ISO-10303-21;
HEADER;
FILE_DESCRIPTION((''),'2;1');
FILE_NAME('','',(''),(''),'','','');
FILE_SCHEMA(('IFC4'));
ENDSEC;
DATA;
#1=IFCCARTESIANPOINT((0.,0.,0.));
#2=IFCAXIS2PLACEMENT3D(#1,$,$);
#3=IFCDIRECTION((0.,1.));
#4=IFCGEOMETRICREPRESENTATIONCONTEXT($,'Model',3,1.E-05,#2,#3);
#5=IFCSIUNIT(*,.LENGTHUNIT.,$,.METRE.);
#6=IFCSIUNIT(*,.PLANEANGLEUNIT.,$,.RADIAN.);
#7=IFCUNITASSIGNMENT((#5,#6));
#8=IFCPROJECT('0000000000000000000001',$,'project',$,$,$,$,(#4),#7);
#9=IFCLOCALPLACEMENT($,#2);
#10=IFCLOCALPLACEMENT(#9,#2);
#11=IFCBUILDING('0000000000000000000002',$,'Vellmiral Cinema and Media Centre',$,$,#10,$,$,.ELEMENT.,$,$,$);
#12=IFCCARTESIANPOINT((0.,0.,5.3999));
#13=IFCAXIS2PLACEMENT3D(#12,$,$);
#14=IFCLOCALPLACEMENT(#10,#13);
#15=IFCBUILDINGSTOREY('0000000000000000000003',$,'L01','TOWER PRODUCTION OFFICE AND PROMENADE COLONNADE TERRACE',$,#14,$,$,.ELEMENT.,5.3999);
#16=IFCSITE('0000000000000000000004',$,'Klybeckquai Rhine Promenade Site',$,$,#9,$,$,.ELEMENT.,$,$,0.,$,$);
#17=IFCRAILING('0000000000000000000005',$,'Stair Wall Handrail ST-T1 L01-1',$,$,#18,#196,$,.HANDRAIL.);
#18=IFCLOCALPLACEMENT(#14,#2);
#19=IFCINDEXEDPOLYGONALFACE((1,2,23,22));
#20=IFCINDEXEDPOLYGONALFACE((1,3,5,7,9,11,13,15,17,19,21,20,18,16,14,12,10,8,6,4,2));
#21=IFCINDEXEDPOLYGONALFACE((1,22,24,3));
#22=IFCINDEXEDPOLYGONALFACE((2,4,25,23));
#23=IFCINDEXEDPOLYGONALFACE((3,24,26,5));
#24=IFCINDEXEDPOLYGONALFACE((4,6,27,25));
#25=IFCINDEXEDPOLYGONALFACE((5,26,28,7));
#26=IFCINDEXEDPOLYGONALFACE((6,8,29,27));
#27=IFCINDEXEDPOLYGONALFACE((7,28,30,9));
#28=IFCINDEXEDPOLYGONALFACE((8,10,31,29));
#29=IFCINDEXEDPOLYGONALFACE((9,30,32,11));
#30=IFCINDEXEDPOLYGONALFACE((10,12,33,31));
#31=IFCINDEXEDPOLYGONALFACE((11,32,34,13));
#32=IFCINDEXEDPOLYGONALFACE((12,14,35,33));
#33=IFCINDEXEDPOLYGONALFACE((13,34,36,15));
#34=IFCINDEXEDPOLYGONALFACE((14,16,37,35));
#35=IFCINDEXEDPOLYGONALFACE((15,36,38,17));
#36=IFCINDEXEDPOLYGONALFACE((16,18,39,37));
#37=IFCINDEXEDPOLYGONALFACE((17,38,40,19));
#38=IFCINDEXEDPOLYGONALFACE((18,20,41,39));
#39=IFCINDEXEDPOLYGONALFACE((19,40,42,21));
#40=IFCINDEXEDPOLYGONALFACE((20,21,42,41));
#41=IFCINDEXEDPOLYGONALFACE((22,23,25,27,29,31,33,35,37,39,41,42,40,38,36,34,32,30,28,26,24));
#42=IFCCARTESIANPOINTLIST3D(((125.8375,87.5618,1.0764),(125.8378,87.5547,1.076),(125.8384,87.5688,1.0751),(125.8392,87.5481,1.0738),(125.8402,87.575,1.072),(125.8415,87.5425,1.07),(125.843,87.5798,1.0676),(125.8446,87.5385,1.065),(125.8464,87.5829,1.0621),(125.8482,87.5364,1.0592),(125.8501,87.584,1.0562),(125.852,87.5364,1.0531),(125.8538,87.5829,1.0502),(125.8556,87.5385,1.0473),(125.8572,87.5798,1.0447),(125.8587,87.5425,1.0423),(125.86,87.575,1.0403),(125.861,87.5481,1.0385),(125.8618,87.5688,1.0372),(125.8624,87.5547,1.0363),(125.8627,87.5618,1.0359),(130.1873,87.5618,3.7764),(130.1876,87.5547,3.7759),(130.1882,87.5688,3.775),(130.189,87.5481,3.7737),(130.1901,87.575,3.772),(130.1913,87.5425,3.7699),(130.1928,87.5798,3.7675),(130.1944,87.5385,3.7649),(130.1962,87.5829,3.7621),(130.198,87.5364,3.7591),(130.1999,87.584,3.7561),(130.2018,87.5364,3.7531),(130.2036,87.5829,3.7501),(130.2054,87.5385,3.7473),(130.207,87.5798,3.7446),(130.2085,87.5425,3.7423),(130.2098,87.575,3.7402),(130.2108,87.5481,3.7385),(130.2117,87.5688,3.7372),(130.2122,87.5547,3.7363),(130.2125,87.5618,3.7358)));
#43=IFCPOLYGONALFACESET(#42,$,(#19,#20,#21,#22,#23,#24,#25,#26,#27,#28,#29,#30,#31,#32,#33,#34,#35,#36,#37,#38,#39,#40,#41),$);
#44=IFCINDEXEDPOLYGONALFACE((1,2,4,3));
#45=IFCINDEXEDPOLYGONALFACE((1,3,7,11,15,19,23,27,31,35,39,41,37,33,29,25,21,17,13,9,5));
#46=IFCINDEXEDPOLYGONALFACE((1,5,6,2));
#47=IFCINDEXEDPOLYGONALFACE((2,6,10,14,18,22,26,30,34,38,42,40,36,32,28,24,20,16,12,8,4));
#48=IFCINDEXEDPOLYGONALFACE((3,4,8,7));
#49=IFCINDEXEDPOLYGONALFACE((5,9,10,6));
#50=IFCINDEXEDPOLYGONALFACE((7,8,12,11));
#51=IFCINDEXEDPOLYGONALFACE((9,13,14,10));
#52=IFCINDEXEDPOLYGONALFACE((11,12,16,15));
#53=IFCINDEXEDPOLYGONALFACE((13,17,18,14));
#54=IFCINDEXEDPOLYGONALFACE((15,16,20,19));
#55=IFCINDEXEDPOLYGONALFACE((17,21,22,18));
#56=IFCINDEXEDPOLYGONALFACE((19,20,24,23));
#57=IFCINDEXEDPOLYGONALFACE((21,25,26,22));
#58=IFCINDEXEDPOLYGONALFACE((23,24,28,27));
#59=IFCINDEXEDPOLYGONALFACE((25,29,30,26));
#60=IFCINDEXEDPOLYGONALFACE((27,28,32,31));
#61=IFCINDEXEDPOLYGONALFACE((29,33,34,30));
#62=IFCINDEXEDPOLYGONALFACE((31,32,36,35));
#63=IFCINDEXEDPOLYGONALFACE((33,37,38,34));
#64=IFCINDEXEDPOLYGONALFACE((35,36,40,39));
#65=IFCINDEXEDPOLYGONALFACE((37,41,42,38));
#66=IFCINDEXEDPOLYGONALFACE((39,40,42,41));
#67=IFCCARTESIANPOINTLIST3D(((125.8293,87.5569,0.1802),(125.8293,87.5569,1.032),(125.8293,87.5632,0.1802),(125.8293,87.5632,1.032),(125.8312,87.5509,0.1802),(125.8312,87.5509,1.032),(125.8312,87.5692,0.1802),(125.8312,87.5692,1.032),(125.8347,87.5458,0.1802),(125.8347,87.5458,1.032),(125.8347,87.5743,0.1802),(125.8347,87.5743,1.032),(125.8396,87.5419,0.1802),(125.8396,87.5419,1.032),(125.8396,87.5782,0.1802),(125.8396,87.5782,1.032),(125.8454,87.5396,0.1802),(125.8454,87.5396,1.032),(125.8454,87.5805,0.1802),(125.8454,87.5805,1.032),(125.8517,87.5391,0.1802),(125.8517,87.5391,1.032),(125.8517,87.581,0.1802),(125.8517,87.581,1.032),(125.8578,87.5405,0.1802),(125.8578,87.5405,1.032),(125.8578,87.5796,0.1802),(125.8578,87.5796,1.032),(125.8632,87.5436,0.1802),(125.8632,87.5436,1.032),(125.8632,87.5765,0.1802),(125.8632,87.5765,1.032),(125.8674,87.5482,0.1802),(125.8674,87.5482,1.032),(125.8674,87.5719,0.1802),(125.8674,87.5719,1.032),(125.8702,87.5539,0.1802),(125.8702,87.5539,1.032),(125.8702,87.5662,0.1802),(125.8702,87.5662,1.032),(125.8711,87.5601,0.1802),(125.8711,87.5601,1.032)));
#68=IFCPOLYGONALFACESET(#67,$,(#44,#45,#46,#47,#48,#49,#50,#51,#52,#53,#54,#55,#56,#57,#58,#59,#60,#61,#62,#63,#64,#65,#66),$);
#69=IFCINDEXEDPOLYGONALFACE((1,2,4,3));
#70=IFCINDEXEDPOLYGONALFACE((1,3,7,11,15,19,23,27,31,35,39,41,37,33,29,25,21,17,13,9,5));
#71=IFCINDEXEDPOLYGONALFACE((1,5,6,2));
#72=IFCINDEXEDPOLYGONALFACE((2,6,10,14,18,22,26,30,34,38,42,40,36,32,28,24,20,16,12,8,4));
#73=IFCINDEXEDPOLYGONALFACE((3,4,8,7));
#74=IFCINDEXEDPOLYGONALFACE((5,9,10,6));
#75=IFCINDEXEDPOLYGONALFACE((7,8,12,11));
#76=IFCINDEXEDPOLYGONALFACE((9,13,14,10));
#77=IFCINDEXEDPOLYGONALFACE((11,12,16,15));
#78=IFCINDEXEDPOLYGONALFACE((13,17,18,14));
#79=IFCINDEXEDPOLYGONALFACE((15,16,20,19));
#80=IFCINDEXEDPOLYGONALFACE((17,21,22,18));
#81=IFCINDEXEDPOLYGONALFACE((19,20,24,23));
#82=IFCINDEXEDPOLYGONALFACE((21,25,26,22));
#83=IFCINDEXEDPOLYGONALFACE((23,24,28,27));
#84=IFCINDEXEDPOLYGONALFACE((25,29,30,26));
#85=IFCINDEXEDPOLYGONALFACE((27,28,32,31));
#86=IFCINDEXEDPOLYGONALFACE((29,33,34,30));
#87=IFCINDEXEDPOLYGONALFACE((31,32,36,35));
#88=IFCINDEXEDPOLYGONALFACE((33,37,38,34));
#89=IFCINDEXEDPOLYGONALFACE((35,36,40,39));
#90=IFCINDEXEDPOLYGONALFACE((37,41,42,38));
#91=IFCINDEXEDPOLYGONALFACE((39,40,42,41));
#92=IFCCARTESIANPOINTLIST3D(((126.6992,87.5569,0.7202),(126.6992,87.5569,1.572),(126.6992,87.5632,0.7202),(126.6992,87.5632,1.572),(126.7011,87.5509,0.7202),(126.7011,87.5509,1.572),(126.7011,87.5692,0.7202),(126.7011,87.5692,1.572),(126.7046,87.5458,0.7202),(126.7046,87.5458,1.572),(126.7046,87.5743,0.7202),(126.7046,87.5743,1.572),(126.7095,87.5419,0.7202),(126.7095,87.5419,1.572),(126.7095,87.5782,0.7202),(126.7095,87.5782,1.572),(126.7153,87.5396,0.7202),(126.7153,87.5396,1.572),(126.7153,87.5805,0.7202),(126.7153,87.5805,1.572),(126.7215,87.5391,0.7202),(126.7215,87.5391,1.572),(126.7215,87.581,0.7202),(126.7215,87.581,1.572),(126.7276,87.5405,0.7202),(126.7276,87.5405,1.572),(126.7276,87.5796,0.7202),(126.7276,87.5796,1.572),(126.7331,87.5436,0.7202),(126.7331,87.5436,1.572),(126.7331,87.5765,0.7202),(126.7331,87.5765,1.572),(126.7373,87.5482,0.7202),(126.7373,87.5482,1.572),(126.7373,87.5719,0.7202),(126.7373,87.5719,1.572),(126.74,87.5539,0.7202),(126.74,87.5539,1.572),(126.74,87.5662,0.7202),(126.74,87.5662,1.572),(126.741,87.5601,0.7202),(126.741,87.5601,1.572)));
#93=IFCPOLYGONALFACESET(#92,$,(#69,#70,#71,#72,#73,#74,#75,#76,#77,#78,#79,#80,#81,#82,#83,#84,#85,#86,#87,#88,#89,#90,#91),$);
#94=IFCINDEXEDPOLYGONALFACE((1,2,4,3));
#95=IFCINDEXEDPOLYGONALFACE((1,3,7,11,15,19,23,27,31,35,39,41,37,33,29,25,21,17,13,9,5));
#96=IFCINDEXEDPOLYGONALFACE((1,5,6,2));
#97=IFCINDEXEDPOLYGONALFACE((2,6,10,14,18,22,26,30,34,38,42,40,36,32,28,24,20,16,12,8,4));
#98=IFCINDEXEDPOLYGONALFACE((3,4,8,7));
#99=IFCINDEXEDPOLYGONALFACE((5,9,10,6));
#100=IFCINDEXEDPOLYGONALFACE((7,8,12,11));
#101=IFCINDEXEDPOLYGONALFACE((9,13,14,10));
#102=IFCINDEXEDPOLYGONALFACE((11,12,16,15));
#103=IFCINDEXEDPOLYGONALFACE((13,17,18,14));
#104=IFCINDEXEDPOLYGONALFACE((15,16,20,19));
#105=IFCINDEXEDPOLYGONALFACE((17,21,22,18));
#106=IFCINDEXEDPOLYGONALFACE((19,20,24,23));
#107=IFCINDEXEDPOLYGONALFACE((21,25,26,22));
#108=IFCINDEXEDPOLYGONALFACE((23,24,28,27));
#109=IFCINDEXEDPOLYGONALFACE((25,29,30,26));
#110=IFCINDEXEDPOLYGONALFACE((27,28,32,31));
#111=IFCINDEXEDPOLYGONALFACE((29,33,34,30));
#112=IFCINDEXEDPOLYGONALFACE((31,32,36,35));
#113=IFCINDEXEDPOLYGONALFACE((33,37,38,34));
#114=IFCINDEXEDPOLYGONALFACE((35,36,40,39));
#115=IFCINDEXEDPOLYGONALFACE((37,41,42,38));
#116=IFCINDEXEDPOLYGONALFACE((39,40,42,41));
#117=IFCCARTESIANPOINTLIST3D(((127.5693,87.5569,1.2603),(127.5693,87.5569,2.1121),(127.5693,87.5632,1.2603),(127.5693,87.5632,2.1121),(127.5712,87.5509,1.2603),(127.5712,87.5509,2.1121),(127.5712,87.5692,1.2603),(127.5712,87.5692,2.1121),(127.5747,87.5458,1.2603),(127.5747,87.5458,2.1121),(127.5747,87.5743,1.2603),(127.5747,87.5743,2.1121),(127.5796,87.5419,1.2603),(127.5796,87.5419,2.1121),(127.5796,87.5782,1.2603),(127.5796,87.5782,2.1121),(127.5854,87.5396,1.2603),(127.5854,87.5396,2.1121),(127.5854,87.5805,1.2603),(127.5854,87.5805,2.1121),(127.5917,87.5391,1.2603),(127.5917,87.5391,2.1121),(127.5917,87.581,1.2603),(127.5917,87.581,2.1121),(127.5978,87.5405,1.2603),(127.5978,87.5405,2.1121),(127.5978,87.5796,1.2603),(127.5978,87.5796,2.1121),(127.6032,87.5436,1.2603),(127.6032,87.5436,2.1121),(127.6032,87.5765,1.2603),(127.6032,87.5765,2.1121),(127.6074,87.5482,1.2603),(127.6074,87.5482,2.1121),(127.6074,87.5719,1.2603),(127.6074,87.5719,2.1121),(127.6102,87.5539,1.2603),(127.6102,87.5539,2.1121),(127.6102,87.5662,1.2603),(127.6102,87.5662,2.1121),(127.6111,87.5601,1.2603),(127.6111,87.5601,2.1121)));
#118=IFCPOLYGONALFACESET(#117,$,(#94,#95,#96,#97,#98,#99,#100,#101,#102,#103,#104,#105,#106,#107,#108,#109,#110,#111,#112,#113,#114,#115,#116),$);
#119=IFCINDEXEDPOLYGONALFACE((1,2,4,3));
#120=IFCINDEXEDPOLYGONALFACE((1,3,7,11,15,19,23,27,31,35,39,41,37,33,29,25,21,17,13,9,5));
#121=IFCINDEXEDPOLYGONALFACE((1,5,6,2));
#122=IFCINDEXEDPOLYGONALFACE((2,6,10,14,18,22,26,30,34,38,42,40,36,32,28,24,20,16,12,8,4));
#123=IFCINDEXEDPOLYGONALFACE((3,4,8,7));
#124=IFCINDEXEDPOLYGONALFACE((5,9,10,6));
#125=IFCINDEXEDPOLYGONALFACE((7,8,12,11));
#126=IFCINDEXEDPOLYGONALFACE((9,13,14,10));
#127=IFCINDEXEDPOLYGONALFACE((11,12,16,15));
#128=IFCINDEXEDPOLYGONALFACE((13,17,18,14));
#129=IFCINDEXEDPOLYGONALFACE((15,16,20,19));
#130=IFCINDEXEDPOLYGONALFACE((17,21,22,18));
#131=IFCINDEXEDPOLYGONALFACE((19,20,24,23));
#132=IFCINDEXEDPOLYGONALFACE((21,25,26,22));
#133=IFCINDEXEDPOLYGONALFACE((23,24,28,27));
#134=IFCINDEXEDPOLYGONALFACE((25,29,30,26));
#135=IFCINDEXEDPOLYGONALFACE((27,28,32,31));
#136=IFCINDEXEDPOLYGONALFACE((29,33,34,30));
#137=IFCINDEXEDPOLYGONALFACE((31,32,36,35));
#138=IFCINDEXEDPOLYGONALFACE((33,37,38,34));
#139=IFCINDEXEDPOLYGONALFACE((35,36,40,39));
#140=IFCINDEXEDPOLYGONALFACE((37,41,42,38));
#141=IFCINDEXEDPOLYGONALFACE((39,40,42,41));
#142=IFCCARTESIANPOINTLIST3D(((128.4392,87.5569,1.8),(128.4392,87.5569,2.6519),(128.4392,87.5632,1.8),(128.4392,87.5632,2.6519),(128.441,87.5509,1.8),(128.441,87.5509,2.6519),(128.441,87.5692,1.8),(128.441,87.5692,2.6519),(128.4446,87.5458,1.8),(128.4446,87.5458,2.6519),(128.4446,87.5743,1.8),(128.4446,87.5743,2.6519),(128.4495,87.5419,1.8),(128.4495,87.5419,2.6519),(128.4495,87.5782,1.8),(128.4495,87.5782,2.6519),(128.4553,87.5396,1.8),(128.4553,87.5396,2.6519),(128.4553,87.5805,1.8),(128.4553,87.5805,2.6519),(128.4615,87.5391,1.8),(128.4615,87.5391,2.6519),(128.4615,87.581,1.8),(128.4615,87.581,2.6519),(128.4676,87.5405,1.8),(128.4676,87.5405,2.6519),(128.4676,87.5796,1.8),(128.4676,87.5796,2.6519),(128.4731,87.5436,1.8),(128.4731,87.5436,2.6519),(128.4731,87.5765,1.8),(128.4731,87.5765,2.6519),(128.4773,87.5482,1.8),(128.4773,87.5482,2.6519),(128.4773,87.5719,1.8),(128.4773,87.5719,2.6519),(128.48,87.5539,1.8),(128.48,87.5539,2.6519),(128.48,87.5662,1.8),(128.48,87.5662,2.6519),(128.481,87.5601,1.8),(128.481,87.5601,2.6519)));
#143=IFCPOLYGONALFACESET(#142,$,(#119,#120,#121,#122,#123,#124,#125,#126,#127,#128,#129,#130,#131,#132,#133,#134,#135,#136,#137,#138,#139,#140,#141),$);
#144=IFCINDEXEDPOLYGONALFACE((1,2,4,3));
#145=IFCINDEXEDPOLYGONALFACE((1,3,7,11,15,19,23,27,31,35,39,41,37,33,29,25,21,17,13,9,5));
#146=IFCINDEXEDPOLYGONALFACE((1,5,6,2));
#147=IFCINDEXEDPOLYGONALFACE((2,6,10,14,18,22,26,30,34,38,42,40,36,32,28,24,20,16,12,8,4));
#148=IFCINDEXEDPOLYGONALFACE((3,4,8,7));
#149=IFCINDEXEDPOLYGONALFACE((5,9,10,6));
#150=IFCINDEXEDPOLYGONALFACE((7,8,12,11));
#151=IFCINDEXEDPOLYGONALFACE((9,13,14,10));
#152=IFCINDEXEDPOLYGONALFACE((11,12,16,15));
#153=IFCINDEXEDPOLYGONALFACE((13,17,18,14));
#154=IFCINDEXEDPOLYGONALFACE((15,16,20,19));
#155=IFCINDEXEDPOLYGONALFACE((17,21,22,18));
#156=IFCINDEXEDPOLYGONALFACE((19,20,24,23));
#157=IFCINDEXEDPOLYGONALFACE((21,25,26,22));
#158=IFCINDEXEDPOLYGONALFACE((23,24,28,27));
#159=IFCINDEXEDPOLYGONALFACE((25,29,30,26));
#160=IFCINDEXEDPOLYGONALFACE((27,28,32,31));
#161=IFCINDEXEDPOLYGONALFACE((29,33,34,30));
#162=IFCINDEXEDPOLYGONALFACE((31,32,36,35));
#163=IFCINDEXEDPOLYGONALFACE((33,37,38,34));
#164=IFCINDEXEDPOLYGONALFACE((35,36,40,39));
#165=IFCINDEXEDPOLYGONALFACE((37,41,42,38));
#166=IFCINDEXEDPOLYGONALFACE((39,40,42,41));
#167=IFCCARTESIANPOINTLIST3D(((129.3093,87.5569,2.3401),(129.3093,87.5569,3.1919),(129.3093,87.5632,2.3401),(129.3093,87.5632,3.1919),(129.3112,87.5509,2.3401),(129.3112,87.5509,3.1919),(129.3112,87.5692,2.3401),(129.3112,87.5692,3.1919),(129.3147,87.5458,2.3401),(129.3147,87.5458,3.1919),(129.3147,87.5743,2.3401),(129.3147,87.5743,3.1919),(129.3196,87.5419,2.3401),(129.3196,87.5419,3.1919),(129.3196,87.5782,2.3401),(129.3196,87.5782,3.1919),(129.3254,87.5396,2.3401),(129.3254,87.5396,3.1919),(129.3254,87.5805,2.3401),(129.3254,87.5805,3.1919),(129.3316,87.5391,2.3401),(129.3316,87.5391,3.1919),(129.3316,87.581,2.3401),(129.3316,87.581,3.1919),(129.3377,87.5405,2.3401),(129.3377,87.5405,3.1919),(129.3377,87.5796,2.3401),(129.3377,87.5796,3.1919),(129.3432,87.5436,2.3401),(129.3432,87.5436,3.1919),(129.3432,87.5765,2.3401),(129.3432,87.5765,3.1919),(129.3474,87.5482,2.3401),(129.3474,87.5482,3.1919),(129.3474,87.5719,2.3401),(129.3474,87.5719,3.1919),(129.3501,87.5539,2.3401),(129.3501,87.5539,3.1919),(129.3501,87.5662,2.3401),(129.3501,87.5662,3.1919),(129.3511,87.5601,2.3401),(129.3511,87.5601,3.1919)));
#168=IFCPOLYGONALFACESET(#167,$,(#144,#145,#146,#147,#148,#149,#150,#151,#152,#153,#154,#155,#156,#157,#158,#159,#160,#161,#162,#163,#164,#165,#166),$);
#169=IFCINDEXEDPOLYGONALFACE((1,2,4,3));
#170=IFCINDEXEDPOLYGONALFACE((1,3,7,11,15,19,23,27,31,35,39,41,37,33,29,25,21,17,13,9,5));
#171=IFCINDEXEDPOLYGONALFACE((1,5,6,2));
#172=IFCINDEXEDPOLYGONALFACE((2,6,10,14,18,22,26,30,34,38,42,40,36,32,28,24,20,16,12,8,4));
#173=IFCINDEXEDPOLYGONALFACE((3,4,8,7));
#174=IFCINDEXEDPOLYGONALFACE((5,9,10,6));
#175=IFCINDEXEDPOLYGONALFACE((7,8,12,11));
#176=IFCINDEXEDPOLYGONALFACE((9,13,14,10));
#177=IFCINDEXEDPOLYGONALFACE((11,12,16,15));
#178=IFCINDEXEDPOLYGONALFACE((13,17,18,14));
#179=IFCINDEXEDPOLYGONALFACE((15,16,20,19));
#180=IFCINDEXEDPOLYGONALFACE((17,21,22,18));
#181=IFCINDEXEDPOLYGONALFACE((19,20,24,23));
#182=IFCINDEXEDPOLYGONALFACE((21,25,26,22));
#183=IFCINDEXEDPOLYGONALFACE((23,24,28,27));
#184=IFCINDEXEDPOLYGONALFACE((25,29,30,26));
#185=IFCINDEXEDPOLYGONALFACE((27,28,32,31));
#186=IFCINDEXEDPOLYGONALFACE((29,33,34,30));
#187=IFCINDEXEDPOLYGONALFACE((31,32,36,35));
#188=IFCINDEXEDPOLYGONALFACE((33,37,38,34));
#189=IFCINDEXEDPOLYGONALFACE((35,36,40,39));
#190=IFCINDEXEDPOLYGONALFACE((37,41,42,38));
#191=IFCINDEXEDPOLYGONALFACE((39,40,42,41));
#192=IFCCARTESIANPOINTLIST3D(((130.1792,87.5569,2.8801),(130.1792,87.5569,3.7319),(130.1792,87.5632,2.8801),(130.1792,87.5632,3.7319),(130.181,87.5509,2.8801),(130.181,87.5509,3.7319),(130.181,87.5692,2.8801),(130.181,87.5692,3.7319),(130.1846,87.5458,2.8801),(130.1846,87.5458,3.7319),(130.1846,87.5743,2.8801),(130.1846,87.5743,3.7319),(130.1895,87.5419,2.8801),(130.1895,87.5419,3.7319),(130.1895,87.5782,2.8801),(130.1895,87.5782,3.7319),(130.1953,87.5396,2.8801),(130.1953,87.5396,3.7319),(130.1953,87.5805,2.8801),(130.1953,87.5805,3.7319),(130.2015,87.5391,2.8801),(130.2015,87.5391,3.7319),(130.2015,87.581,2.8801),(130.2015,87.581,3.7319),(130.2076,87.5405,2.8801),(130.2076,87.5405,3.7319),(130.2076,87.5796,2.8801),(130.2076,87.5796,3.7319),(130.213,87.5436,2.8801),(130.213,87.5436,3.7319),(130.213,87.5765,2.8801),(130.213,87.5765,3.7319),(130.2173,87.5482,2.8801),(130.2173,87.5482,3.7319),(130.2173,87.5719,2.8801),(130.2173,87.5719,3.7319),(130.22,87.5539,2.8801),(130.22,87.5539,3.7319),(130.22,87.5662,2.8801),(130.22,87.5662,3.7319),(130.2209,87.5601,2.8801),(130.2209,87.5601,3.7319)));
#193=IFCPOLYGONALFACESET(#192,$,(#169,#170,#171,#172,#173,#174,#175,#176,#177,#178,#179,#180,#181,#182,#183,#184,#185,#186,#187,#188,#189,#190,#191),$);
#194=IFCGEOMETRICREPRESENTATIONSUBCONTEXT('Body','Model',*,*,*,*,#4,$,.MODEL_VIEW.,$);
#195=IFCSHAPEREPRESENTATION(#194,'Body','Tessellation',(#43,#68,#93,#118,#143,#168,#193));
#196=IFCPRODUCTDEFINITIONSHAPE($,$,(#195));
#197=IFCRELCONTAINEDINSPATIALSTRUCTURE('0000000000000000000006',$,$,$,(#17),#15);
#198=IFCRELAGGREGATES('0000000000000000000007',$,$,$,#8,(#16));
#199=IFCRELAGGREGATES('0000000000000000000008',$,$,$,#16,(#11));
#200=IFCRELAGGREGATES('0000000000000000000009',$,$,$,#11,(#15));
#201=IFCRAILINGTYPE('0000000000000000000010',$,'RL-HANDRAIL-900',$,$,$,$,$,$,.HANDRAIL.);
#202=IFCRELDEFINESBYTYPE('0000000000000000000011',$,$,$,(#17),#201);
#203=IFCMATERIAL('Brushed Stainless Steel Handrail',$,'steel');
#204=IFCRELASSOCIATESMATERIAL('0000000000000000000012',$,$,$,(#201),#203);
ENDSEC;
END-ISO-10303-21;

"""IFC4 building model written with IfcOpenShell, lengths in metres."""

from ifc_helpers import new_model, si_unit, direction, frame, origin, origin_2d, place, context, subcontext, project, spatial, circle, extrude, material, type_object, element, save


model = new_model("IFC4")

# Units and contexts
model_context = context("Model", 3, precision=1e-05, world=origin(), true_north=direction((0.0, 1.0)))
body_context = subcontext(model_context, "Body", "Model", "MODEL_VIEW")
ifc_project = project(units=[si_unit("LENGTHUNIT", "METRE"), si_unit("PLANEANGLEUNIT", "RADIAN")], contexts=[model_context])

# Site, building, storey
site_placement = place(None, origin())
site = spatial("IfcSite", under=ifc_project, at=site_placement, Name="Klybeckquai Rhine Promenade Site", CompositionType="ELEMENT", RefElevation=0.0)
building_placement = place(site_placement, origin())
building = spatial("IfcBuilding", under=site, at=building_placement, Name="Vellmiral Cinema and Media Centre", CompositionType="ELEMENT")
storey_placement = place(building_placement, frame((0.0, 0.0, 5.3999)))
storey = spatial("IfcBuildingStorey", under=building, at=storey_placement, Name="L01", Description="TOWER PRODUCTION OFFICE AND PROMENADE COLONNADE TERRACE", CompositionType="ELEMENT", Elevation=5.3999)

# Railing
ifc_material_1 = material(Name="Brushed Stainless Steel Handrail", Category="steel")
railing_type_1 = type_object("IfcRailingType", Name="RL-HANDRAIL-900", PredefinedType="HANDRAIL", material=ifc_material_1)
railing_1_placement = place(storey_placement, frame((125.8501, 87.5601, 0.1802)))
element("IfcRailing", 1, at=railing_1_placement, inside=storey, type_object=railing_type_1, Name="Stair Wall Handrail ST-T1 L01-1", PredefinedType="HANDRAIL", context=body_context, shape_type="SweptSolid", body=[
    extrude(circle(Radius=0.0239, at=origin_2d()), frame((0.0, 0.0, 0.876), z_axis=(0.849636, 0.0, 0.527369), x_axis=(0.0, 1.0, 0.0)), (0.0, 0.0, 1.0), 5.1196),
    extrude(circle(Radius=0.021, at=origin_2d()), origin(), (0.0, 0.0, 1.0), 0.8518),
    extrude(circle(Radius=0.021, at=origin_2d()), frame((0.8699, 0.0, 0.54)), (0.0, 0.0, 1.0), 0.8518),
    extrude(circle(Radius=0.021, at=origin_2d()), frame((1.74, 0.0, 1.0801)), (0.0, 0.0, 1.0), 0.8518),
    extrude(circle(Radius=0.021, at=origin_2d()), frame((2.6099, 0.0, 1.6199)), (0.0, 0.0, 1.0), 0.8518),
    extrude(circle(Radius=0.021, at=origin_2d()), frame((3.48, 0.0, 2.1599)), (0.0, 0.0, 1.0), 0.8518),
    extrude(circle(Radius=0.021, at=origin_2d()), frame((4.3499, 0.0, 2.7)), (0.0, 0.0, 1.0), 0.8518),
])

save(model, "model.ifc")
